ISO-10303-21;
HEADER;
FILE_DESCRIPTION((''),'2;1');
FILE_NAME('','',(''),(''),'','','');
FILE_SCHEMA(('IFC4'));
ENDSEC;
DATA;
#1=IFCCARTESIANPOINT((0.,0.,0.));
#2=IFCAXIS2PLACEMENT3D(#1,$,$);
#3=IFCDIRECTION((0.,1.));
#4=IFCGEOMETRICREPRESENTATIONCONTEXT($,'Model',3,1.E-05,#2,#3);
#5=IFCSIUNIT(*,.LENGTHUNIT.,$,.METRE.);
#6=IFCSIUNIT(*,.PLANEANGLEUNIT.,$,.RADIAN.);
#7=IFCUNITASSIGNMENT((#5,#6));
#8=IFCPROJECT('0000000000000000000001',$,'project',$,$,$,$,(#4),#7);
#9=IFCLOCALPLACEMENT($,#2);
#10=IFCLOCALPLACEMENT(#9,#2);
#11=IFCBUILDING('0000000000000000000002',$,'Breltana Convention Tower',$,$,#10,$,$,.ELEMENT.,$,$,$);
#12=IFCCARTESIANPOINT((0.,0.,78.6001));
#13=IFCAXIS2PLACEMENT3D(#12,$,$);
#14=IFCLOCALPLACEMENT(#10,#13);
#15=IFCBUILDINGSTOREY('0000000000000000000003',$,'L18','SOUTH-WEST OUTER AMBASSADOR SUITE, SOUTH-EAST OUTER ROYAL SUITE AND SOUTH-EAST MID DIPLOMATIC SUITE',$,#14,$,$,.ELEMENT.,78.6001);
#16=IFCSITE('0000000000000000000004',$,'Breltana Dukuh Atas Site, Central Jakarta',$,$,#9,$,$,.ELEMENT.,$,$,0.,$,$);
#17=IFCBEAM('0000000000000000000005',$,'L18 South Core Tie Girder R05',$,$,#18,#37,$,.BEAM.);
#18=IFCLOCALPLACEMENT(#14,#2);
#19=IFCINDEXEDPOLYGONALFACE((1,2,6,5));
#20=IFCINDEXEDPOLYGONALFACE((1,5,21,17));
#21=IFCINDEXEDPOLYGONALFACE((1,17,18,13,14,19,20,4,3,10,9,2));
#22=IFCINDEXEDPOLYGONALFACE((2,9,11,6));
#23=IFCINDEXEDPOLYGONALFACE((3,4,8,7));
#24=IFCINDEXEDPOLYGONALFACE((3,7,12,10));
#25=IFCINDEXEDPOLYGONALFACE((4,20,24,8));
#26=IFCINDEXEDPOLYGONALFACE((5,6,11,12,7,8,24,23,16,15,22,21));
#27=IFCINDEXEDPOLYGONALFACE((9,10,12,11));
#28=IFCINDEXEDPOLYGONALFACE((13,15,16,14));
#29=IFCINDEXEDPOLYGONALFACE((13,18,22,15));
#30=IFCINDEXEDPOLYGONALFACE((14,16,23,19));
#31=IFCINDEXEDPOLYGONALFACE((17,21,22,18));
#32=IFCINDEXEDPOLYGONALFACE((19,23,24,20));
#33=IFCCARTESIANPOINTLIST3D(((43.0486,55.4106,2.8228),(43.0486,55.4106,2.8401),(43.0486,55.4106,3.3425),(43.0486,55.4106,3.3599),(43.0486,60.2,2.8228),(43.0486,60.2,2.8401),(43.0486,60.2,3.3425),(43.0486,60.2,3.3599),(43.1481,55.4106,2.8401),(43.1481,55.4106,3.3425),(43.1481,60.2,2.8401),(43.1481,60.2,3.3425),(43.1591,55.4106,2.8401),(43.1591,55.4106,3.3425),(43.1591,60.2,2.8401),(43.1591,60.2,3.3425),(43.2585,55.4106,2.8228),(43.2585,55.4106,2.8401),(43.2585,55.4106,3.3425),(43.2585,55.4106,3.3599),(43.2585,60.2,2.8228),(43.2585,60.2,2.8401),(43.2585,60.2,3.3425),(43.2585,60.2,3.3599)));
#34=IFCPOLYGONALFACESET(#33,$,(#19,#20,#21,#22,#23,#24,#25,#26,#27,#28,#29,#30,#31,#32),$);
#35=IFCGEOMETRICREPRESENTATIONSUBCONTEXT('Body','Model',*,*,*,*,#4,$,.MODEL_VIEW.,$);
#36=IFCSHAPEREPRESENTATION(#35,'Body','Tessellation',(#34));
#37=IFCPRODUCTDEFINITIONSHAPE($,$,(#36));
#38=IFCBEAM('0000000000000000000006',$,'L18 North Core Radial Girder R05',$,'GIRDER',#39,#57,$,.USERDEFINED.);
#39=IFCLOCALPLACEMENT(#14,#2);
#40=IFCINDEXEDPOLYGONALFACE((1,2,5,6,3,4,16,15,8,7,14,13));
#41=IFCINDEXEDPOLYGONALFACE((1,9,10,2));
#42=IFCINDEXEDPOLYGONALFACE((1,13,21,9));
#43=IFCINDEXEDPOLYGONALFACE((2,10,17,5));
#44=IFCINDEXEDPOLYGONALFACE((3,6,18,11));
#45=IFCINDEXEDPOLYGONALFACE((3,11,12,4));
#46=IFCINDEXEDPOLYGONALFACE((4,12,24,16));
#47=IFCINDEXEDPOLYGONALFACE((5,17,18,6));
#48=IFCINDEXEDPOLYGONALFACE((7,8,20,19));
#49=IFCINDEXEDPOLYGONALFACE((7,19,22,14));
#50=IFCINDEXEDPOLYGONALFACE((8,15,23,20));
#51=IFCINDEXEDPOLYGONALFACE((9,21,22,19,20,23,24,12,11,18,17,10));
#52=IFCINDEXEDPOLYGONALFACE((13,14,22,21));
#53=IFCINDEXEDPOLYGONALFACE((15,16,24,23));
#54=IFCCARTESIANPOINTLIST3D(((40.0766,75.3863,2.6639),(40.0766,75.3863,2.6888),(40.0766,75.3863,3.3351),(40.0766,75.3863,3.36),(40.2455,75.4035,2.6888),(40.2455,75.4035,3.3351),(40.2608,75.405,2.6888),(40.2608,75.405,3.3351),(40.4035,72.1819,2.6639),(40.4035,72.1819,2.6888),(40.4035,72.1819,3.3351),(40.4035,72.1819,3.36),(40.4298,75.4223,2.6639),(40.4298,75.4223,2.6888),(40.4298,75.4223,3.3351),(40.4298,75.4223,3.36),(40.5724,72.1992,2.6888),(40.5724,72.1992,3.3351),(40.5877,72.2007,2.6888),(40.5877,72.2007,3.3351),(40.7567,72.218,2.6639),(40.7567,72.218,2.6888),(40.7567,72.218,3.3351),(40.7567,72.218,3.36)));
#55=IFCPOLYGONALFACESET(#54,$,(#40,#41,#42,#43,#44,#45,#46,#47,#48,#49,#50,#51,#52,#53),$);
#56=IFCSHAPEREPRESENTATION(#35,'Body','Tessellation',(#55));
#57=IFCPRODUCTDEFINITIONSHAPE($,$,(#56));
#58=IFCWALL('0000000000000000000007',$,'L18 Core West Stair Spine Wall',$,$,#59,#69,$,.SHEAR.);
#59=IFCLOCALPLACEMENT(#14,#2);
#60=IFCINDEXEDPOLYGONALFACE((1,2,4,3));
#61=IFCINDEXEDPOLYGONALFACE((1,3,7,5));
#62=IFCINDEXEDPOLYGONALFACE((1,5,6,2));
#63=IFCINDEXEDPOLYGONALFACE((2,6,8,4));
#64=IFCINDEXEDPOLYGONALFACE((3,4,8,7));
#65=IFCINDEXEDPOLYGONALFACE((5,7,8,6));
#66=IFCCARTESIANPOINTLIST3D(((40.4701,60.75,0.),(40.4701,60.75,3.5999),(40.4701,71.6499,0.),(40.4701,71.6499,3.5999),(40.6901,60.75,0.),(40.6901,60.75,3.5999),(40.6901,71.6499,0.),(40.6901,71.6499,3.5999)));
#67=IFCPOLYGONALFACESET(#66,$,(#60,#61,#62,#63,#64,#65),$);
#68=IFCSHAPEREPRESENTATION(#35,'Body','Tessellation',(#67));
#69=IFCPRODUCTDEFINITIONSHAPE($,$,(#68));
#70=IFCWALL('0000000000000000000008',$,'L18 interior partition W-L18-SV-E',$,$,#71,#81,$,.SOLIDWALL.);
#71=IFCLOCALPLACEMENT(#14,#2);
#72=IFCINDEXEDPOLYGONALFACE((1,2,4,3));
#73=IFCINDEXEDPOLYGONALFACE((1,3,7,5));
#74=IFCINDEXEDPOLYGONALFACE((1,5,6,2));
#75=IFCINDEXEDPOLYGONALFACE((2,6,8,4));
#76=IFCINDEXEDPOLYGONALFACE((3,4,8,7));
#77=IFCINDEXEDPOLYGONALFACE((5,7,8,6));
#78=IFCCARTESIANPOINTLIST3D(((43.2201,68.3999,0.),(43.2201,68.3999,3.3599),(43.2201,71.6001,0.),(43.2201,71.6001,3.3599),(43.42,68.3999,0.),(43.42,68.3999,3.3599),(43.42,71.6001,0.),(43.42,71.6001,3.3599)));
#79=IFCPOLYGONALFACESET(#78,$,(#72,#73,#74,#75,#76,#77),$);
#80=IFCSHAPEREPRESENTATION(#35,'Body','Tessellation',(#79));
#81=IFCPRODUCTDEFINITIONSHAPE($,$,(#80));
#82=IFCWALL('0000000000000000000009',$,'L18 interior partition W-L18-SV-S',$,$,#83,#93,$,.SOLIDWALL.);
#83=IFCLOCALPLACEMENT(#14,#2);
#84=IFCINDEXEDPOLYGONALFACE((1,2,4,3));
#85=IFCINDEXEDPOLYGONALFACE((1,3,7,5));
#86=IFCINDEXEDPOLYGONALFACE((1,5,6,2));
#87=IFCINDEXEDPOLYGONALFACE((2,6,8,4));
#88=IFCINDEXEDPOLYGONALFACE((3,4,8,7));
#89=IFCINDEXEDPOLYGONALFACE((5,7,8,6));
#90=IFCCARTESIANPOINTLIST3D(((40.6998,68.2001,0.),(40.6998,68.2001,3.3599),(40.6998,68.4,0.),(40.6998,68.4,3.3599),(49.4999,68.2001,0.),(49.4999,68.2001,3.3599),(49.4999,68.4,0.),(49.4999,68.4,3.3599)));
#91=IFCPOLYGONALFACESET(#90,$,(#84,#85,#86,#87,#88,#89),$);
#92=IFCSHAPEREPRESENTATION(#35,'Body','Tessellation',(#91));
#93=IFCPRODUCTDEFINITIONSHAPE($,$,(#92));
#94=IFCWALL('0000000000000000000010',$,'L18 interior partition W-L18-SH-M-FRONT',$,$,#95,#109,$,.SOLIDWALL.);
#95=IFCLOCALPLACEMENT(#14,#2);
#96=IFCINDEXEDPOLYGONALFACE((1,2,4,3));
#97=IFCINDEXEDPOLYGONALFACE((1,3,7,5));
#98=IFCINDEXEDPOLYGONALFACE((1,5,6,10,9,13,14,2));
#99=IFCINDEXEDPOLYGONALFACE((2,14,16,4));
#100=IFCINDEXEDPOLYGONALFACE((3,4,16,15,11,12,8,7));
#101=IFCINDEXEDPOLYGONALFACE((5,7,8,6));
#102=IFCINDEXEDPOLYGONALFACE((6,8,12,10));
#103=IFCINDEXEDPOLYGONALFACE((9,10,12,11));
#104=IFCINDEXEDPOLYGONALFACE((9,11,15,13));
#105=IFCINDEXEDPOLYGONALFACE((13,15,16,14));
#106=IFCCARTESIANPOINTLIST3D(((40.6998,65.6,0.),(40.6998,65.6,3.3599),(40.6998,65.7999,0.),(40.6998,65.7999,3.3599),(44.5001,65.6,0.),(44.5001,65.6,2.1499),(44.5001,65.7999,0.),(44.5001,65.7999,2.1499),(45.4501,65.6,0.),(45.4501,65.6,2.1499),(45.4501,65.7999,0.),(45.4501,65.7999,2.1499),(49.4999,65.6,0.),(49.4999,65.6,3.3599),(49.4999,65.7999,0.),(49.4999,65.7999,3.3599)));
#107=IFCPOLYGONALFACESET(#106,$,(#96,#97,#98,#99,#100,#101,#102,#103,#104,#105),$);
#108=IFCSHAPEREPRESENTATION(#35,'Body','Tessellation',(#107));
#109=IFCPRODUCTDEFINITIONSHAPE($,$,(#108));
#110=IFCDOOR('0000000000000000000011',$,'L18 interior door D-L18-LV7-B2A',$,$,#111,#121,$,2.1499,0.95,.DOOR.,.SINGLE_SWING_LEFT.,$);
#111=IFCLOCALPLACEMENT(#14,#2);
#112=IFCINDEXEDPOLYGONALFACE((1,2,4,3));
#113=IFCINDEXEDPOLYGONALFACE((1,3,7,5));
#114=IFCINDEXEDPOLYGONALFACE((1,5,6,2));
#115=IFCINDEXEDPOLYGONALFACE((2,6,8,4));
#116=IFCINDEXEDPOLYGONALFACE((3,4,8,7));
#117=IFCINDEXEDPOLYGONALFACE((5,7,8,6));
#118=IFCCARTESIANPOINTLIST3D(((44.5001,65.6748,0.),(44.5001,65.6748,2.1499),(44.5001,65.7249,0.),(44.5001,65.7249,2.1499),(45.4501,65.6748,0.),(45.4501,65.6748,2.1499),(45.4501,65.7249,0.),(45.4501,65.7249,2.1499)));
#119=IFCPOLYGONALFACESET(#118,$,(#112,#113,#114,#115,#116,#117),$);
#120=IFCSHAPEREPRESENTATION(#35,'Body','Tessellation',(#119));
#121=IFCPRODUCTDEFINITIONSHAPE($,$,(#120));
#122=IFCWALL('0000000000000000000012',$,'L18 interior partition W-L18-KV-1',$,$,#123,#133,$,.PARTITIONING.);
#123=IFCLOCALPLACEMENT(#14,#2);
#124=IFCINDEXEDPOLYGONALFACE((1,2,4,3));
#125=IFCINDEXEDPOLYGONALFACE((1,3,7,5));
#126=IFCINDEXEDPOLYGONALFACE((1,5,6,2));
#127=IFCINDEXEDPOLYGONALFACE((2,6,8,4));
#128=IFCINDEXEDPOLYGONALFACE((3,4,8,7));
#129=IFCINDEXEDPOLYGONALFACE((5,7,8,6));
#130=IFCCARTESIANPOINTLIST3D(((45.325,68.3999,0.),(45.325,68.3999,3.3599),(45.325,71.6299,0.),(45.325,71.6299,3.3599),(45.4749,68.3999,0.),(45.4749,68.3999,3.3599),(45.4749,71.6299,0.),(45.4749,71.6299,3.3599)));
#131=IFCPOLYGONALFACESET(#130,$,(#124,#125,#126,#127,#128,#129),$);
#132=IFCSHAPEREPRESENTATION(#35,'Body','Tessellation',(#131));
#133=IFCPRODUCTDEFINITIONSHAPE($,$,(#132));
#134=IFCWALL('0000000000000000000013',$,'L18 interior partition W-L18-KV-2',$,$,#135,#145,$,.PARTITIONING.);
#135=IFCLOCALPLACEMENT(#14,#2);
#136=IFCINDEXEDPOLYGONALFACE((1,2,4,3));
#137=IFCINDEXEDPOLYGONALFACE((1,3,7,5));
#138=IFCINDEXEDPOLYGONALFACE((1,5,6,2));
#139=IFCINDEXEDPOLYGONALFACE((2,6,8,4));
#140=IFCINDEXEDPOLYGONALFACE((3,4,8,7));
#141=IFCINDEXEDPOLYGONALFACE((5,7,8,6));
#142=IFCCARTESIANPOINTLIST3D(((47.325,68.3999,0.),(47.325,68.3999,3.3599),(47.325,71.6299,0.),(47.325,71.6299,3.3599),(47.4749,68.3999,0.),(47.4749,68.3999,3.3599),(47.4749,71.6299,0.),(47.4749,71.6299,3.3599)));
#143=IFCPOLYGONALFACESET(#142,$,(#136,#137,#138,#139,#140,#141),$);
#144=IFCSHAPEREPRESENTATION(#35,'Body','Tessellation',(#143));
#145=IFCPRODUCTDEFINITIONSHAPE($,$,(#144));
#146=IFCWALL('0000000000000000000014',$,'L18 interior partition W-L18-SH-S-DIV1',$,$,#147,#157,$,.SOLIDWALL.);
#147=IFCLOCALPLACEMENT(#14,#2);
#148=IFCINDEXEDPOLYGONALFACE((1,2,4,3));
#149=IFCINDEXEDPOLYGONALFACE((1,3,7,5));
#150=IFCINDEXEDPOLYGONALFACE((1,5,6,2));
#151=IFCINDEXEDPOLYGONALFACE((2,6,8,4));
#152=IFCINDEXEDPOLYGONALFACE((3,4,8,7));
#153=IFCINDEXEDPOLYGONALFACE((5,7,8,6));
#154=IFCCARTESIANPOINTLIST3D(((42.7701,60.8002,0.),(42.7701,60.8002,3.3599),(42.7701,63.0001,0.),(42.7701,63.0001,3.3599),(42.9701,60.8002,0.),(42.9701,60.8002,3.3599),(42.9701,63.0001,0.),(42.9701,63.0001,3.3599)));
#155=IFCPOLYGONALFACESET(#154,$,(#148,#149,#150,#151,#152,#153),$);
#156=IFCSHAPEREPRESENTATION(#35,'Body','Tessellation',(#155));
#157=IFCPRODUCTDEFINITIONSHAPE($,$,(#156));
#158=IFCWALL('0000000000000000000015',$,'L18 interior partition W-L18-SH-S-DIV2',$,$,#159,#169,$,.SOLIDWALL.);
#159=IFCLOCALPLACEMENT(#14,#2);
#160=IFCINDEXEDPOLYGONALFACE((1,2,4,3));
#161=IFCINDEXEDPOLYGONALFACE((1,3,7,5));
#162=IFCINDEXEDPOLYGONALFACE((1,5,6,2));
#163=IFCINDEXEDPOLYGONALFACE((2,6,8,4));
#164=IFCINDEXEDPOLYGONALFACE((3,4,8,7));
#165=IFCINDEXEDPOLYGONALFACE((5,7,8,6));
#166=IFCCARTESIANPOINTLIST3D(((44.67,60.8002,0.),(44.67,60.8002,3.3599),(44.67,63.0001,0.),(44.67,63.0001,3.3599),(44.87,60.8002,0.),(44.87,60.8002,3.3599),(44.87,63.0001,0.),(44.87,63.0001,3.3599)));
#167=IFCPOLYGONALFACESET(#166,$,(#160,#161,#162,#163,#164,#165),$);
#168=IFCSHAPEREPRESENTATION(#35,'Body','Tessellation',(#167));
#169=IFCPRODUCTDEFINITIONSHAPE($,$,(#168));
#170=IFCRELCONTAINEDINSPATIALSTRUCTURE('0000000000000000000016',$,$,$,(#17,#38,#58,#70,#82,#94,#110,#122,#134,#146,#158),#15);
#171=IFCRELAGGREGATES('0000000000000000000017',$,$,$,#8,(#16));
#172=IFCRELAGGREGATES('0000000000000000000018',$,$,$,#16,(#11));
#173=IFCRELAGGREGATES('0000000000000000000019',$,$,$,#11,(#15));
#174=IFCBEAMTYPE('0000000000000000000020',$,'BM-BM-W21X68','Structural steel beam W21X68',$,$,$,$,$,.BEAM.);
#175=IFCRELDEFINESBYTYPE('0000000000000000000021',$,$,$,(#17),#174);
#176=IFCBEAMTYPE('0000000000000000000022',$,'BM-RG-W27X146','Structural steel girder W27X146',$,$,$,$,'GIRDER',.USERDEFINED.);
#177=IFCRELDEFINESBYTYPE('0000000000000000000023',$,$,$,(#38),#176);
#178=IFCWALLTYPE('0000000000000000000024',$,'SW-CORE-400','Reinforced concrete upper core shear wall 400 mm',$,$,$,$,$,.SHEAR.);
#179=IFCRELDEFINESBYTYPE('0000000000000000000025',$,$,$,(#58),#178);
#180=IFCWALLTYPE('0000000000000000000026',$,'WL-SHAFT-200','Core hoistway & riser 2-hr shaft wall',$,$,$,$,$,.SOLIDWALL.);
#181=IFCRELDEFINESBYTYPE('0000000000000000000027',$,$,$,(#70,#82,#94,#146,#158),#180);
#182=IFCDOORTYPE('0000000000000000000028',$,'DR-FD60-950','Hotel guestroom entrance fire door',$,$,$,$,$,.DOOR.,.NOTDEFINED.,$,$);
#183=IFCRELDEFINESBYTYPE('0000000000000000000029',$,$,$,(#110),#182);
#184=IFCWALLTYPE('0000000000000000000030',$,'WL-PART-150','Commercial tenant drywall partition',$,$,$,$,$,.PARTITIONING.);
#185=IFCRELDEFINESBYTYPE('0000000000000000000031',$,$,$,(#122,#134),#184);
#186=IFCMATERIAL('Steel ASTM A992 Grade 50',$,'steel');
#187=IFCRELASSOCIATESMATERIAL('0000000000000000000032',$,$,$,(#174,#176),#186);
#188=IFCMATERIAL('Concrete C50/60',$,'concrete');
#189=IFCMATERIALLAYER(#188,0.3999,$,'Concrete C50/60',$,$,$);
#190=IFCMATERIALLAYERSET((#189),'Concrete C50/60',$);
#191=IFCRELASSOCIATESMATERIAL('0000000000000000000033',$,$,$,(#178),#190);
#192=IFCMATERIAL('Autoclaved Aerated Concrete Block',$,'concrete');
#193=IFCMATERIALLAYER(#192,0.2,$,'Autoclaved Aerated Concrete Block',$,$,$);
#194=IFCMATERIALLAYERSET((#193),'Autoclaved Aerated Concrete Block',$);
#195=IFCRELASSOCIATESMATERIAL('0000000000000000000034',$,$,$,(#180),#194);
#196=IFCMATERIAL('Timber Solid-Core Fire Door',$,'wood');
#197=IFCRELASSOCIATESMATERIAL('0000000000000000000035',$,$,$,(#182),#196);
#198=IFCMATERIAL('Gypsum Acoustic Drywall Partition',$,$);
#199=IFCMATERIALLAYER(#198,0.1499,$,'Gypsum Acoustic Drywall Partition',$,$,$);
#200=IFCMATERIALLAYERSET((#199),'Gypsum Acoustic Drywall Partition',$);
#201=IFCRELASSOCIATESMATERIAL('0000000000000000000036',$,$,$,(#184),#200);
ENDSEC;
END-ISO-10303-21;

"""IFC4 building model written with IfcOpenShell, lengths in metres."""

from ifc_helpers import new_model, si_unit, direction, frame, frame_2d, origin, origin_2d, place, context, subcontext, project, spatial, rectangle, i_section, extrude, source, transform, mapped, material, layer, layer_set, material_profile, profile_set, type_object, type_shapes, element, fill, save


model = new_model("IFC4")

# Units and contexts
model_context = context("Model", 3, precision=1e-05, world=origin(), true_north=direction((0.0, 1.0)))
body_context = subcontext(model_context, "Body", "Model", "MODEL_VIEW")
ifc_project = project(units=[si_unit("LENGTHUNIT", "METRE"), si_unit("PLANEANGLEUNIT", "RADIAN")], contexts=[model_context])

# Site, building, storey
site_placement = place(None, origin())
site = spatial("IfcSite", under=ifc_project, at=site_placement, Name="Breltana Dukuh Atas Site, Central Jakarta", CompositionType="ELEMENT", RefElevation=0.0)
building_placement = place(site_placement, origin())
building = spatial("IfcBuilding", under=site, at=building_placement, Name="Breltana Convention Tower", CompositionType="ELEMENT")
storey_placement = place(building_placement, frame((0.0, 0.0, 78.6001)))
storey = spatial("IfcBuildingStorey", under=building, at=storey_placement, Name="L18", Description="SOUTH-WEST OUTER AMBASSADOR SUITE, SOUTH-EAST OUTER ROYAL SUITE AND SOUTH-EAST MID DIPLOMATIC SUITE", CompositionType="ELEMENT", Elevation=78.6001)

# Beams
ifc_material_1 = material(Name="Steel ASTM A992 Grade 50", Category="steel")
ifc_material_profile_1 = material_profile(ifc_material_1, i_section(OverallWidth=0.21, OverallDepth=0.5371, WebThickness=0.011, FlangeThickness=0.0173, at=origin_2d()), Name="W21X68")
ifc_profile_set_1 = profile_set([ifc_material_profile_1], Name="Steel ASTM A992 Grade 50")
beam_type_1 = type_object("IfcBeamType", Name="BM-BM-W21X68", Description="Structural steel beam W21X68", PredefinedType="BEAM", material=ifc_profile_set_1)
shared_shape_1 = source(origin(), body_context, "Body", "SweptSolid", [
    extrude(i_section(OverallWidth=0.21, OverallDepth=0.5371, WebThickness=0.011, FlangeThickness=0.0173, at=origin_2d()), origin(), (0.0, 0.0, 1.0), 4.7893),
])
beam_1_placement = place(storey_placement, frame((43.1536, 60.2, 3.0913), z_axis=(0.0, -1.0, 0.0), x_axis=(1.0, 0.0, 0.0)))
element("IfcBeam", 1, at=beam_1_placement, inside=storey, type_object=beam_type_1, Name="L18 South Core Tie Girder R05", PredefinedType="BEAM", context=body_context, shape_type="MappedRepresentation", body=[
    mapped(shared_shape_1, transform((0.0, 0.0, 0.0), scale=1.0)),
])
ifc_material_profile_2 = material_profile(ifc_material_1, i_section(OverallWidth=0.355, OverallDepth=0.696, WebThickness=0.0154, FlangeThickness=0.0249, at=origin_2d()), Name="W27X146")
ifc_profile_set_2 = profile_set([ifc_material_profile_2], Name="Steel ASTM A992 Grade 50")
beam_type_2 = type_object("IfcBeamType", Name="BM-RG-W27X146", Description="Structural steel girder W27X146", ElementType="GIRDER", PredefinedType="USERDEFINED", material=ifc_profile_set_2)
shared_shape_2 = source(origin(), body_context, "Body", "SweptSolid", [
    extrude(i_section(OverallWidth=0.355, OverallDepth=0.696, WebThickness=0.0154, FlangeThickness=0.0249, at=origin_2d()), origin(), (0.0, 0.0, 1.0), 3.2209),
])
beam_2_placement = place(storey_placement, frame((40.5801, 72.2, 3.012), z_axis=(-0.101492, 0.994836, 0.0), x_axis=(-0.994836, -0.101492, 0.0)))
element("IfcBeam", 2, at=beam_2_placement, inside=storey, type_object=beam_type_2, Name="L18 North Core Radial Girder R05", ObjectType="GIRDER", PredefinedType="USERDEFINED", context=body_context, shape_type="MappedRepresentation", body=[
    mapped(shared_shape_2, transform((0.0, 0.0, 0.0), scale=1.0)),
])

# Walls
ifc_material_2 = material(Name="Concrete C50/60", Category="concrete")
ifc_layer_1 = layer(ifc_material_2, 0.3999, Name="Concrete C50/60")
ifc_layer_set_1 = layer_set([ifc_layer_1], Name="Concrete C50/60")
wall_type_1 = type_object("IfcWallType", Name="SW-CORE-400", Description="Reinforced concrete upper core shear wall 400 mm", PredefinedType="SHEAR", material=ifc_layer_set_1)
shared_shape_3 = source(origin(), body_context, "Body", "SweptSolid", [
    extrude(rectangle(XDim=10.8999, YDim=0.22, at=frame_2d((5.45, 0.0))), origin(), (0.0, 0.0, 1.0), 3.5999),
])
wall_1_placement = place(storey_placement, frame((40.5801, 60.75, 0.0), z_axis=(0.0, 0.0, 1.0), x_axis=(0.0, 1.0, 0.0)))
element("IfcWall", 3, at=wall_1_placement, inside=storey, type_object=wall_type_1, Name="L18 Core West Stair Spine Wall", PredefinedType="SHEAR", context=body_context, shape_type="MappedRepresentation", body=[
    mapped(shared_shape_3, transform((0.0, 0.0, 0.0), scale=1.0)),
])
ifc_material_3 = material(Name="Autoclaved Aerated Concrete Block", Category="concrete")
ifc_layer_2 = layer(ifc_material_3, 0.2, Name="Autoclaved Aerated Concrete Block")
ifc_layer_set_2 = layer_set([ifc_layer_2], Name="Autoclaved Aerated Concrete Block")
wall_type_2 = type_object("IfcWallType", Name="WL-SHAFT-200", Description="Core hoistway & riser 2-hr shaft wall", PredefinedType="SOLIDWALL", material=ifc_layer_set_2)
shared_shape_4 = source(origin(), body_context, "Body", "SweptSolid", [
    extrude(rectangle(XDim=3.2002, YDim=0.2, at=frame_2d((1.6001, 0.0))), origin(), (0.0, 0.0, 1.0), 3.3599),
])
wall_2_placement = place(storey_placement, frame((43.3201, 68.3999, 0.0), z_axis=(0.0, 0.0, 1.0), x_axis=(0.0, 1.0, 0.0)))
element("IfcWall", 4, at=wall_2_placement, inside=storey, type_object=wall_type_2, Name="L18 interior partition W-L18-SV-E", PredefinedType="SOLIDWALL", context=body_context, shape_type="MappedRepresentation", body=[
    mapped(shared_shape_4, transform((0.0, 0.0, 0.0), scale=1.0)),
])
shared_shape_5 = source(origin(), body_context, "Body", "SweptSolid", [
    extrude(rectangle(XDim=8.8, YDim=0.2, at=frame_2d((4.3999, 0.0))), origin(), (0.0, 0.0, 1.0), 3.3599),
])
wall_3_placement = place(storey_placement, frame((40.7, 68.3, 0.0), z_axis=(0.0, 0.0, 1.0), x_axis=(1.0, 0.0, 0.0)))
element("IfcWall", 5, at=wall_3_placement, inside=storey, type_object=wall_type_2, Name="L18 interior partition W-L18-SV-S", PredefinedType="SOLIDWALL", context=body_context, shape_type="MappedRepresentation", body=[
    mapped(shared_shape_5, transform((0.0, 0.0, 0.0), scale=1.0)),
])

# Wall, opening, door
wall_4_placement = place(storey_placement, frame((40.7, 65.7, 0.0), z_axis=(0.0, 0.0, 1.0), x_axis=(1.0, 0.0, 0.0)))
wall_4 = element("IfcWall", 6, at=wall_4_placement, inside=storey, type_object=wall_type_2, Name="L18 interior partition W-L18-SH-M-FRONT", PredefinedType="SOLIDWALL", context=body_context, shape_type="MappedRepresentation", body=[
    mapped(shared_shape_5, transform((0.0, 0.0, 0.0), scale=1.0)),
])
opening_1_placement = place(wall_4_placement, frame((3.8, 0.0, 0.0)))
opening_1 = element("IfcOpeningElement", 7, at=opening_1_placement, cuts=wall_4, PredefinedType="OPENING", context=body_context, shape_type="SweptSolid", body=[
    extrude(rectangle(XDim=0.95, YDim=2.1499, at=frame_2d((0.4751, 1.075))), frame((0.0, 0.1099, 0.0), z_axis=(0.0, -1.0, 0.0), x_axis=(1.0, 0.0, 0.0)), (0.0, 0.0, 1.0), 0.22),
])
ifc_material_4 = material(Name="Timber Solid-Core Fire Door", Category="wood")
door_type_1 = type_object("IfcDoorType", Name="DR-FD60-950", Description="Hotel guestroom entrance fire door", OperationType="NOTDEFINED", PredefinedType="DOOR", material=ifc_material_4)
shared_shape_6 = source(origin(), body_context, "Body", "SweptSolid", [
    extrude(rectangle(XDim=0.95, YDim=2.1499, at=frame_2d((0.4751, 1.075))), frame((0.0, 0.0249, 0.0), z_axis=(0.0, -1.0, 0.0), x_axis=(1.0, 0.0, 0.0)), (0.0, 0.0, 1.0), 0.05),
])
type_shapes(door_type_1, [shared_shape_6])
door_1_placement = place(opening_1_placement, origin())
door_1 = element("IfcDoor", 8, at=door_1_placement, inside=storey, type_object=door_type_1, Name="L18 interior door D-L18-LV7-B2A", OperationType="SINGLE_SWING_LEFT", OverallHeight=2.1499, OverallWidth=0.95, PredefinedType="DOOR", context=body_context, shape_type="MappedRepresentation", body=[
    mapped(shared_shape_6, transform((0.0, 0.0, 0.0), scale=1.0)),
])
fill(opening_1, door_1)

# Walls
ifc_material_5 = material(Name="Gypsum Acoustic Drywall Partition")
ifc_layer_3 = layer(ifc_material_5, 0.1499, Name="Gypsum Acoustic Drywall Partition")
ifc_layer_set_3 = layer_set([ifc_layer_3], Name="Gypsum Acoustic Drywall Partition")
wall_type_3 = type_object("IfcWallType", Name="WL-PART-150", Description="Commercial tenant drywall partition", PredefinedType="PARTITIONING", material=ifc_layer_set_3)
shared_shape_7 = source(origin(), body_context, "Body", "SweptSolid", [
    extrude(rectangle(XDim=3.23, YDim=0.1499, at=frame_2d((1.615, 0.0))), origin(), (0.0, 0.0, 1.0), 3.3599),
])
for number, where, z_axis, x_axis, name in (
    (9, (45.3999, 68.3999, 0.0), (0.0, 0.0, 1.0), (0.0, 1.0, 0.0), "L18 interior partition W-L18-KV-1"),
    (10, (47.3999, 68.3999, 0.0), (0.0, 0.0, 1.0), (0.0, 1.0, 0.0), "L18 interior partition W-L18-KV-2"),
):
    element("IfcWall", number, at=place(storey_placement, frame(where, z_axis=z_axis, x_axis=x_axis)), inside=storey, type_object=wall_type_3, Name=name, PredefinedType="PARTITIONING", context=body_context, shape_type="MappedRepresentation", body=[
        mapped(shared_shape_7, transform((0.0, 0.0, 0.0), scale=1.0)),
    ])

# Walls
shared_shape_8 = source(origin(), body_context, "Body", "SweptSolid", [
    extrude(rectangle(XDim=2.2, YDim=0.2, at=frame_2d((1.1001, 0.0))), origin(), (0.0, 0.0, 1.0), 3.3599),
])
for number, where, z_axis, x_axis, name in (
    (11, (42.8701, 60.8, 0.0), (0.0, 0.0, 1.0), (0.0, 1.0, 0.0), "L18 interior partition W-L18-SH-S-DIV1"),
    (12, (44.77, 60.8, 0.0), (0.0, 0.0, 1.0), (0.0, 1.0, 0.0), "L18 interior partition W-L18-SH-S-DIV2"),
):
    element("IfcWall", number, at=place(storey_placement, frame(where, z_axis=z_axis, x_axis=x_axis)), inside=storey, type_object=wall_type_2, Name=name, PredefinedType="SOLIDWALL", context=body_context, shape_type="MappedRepresentation", body=[
        mapped(shared_shape_8, transform((0.0, 0.0, 0.0), scale=1.0)),
    ])

save(model, "model.ifc")
